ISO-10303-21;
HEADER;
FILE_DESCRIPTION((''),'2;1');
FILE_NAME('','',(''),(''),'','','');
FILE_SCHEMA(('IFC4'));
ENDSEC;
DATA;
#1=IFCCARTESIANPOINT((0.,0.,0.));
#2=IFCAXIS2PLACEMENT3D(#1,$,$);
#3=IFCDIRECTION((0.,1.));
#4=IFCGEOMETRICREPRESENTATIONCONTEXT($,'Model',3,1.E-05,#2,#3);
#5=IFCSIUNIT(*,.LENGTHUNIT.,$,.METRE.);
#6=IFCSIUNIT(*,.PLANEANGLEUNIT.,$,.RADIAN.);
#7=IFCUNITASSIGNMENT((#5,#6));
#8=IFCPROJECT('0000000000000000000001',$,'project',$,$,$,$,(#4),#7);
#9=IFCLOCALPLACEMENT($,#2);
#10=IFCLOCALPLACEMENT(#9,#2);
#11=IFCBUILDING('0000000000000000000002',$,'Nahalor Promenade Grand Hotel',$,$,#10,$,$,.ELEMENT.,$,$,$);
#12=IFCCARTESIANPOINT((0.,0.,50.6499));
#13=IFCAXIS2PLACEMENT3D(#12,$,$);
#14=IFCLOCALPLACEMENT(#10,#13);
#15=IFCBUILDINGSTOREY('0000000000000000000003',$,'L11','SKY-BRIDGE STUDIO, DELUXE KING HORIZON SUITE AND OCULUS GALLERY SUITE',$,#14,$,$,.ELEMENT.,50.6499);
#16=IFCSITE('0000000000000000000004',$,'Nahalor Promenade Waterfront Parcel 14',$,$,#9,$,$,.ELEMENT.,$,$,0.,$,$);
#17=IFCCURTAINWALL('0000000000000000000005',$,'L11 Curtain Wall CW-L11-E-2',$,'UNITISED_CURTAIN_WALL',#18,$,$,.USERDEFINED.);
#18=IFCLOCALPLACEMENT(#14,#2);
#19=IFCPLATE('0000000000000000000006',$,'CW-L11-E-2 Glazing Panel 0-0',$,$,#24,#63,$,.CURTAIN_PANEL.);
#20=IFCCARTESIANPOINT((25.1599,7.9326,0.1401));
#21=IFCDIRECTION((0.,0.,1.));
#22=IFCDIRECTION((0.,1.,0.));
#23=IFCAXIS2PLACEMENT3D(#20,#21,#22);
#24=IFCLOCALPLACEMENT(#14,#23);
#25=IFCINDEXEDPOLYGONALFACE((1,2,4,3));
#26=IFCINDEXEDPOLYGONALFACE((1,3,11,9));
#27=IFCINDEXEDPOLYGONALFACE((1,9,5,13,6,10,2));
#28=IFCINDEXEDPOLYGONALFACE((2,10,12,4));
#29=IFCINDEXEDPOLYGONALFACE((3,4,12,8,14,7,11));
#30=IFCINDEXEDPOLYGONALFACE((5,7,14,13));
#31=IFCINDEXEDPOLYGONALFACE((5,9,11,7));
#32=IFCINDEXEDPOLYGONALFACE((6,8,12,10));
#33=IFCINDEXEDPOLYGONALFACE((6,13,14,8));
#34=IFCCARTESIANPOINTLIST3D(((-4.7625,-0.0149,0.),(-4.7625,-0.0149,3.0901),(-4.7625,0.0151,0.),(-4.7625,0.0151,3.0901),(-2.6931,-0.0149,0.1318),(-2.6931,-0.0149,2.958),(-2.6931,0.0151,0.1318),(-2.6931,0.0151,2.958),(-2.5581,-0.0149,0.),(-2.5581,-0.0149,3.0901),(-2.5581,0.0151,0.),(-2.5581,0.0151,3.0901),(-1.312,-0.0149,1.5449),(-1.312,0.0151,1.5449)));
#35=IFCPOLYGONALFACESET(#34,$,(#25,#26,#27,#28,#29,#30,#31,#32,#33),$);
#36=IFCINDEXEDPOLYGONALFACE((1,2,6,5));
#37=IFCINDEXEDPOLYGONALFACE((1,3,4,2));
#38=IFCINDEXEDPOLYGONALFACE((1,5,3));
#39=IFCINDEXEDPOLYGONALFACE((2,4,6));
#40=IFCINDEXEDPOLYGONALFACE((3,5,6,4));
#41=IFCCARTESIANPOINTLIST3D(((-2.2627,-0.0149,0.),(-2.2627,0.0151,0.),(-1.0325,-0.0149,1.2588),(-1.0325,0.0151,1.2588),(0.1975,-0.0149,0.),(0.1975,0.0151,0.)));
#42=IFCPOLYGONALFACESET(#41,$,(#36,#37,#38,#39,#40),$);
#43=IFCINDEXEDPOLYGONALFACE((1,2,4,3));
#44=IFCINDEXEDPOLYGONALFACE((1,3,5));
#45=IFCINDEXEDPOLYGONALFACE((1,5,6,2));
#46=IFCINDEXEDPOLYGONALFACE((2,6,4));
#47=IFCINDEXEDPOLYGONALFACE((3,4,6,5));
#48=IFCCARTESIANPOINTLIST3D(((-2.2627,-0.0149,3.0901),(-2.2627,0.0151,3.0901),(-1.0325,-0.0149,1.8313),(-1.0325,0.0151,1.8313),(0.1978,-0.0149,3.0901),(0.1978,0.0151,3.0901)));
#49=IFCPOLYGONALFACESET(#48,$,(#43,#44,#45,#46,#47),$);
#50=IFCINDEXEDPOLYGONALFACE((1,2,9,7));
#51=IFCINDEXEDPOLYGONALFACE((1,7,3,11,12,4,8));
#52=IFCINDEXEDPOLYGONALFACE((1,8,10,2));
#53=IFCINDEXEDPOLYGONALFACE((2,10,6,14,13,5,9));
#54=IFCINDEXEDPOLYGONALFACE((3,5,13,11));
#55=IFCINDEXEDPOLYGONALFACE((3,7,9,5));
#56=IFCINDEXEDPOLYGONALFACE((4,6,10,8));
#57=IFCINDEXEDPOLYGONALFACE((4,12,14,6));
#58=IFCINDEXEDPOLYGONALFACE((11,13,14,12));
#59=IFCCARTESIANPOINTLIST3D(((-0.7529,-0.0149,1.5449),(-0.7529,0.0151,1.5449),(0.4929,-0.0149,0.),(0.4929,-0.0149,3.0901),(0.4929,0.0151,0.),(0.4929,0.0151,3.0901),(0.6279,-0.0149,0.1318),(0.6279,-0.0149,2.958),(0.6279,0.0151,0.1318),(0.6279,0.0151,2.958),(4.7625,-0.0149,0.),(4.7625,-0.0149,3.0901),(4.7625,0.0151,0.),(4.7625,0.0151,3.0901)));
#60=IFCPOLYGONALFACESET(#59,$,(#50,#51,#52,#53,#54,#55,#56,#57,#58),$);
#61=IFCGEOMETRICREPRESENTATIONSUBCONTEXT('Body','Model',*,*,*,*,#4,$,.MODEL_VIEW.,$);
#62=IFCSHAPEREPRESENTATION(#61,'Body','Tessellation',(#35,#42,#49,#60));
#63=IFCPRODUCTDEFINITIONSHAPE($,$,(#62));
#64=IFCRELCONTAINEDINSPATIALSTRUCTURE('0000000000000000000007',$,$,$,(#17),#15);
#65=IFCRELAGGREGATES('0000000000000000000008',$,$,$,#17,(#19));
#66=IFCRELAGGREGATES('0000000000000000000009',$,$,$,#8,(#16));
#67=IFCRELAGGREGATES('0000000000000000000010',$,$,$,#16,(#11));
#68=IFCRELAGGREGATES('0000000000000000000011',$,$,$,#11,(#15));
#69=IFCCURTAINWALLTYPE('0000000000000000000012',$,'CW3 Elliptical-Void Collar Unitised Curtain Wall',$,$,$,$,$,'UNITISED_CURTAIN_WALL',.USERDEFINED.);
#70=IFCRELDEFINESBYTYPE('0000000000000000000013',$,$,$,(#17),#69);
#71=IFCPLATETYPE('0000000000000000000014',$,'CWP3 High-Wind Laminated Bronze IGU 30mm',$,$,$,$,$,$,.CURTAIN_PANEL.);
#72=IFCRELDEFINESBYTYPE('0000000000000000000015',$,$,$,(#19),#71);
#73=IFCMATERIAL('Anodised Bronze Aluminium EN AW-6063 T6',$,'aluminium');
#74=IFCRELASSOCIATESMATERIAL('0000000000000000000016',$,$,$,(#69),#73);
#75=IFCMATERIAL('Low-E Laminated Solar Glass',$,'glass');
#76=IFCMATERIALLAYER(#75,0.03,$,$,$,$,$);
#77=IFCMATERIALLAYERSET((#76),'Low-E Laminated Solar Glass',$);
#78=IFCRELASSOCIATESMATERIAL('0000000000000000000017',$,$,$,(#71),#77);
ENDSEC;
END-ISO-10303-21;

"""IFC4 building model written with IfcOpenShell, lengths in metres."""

from ifc_helpers import new_model, si_unit, direction, frame, origin, place, context, subcontext, project, spatial, polyline, outline, extrude, material, layer, layer_set, type_object, element, aggregate, save


model = new_model("IFC4")

# Units and contexts
model_context = context("Model", 3, precision=1e-05, world=origin(), true_north=direction((0.0, 1.0)))
body_context = subcontext(model_context, "Body", "Model", "MODEL_VIEW")
ifc_project = project(units=[si_unit("LENGTHUNIT", "METRE"), si_unit("PLANEANGLEUNIT", "RADIAN")], contexts=[model_context])

# Site, building, storey
site_placement = place(None, origin())
site = spatial("IfcSite", under=ifc_project, at=site_placement, Name="Nahalor Promenade Waterfront Parcel 14", CompositionType="ELEMENT", RefElevation=0.0)
building_placement = place(site_placement, origin())
building = spatial("IfcBuilding", under=site, at=building_placement, Name="Nahalor Promenade Grand Hotel", CompositionType="ELEMENT")
storey_placement = place(building_placement, frame((0.0, 0.0, 50.6499)))
storey = spatial("IfcBuildingStorey", under=building, at=storey_placement, Name="L11", Description="SKY-BRIDGE STUDIO, DELUXE KING HORIZON SUITE AND OCULUS GALLERY SUITE", CompositionType="ELEMENT", Elevation=50.6499)

# Curtain wall
ifc_material_1 = material(Name="Anodised Bronze Aluminium EN AW-6063 T6", Category="aluminium")
curtain_wall_type = type_object("IfcCurtainWallType", Name="CW3 Elliptical-Void Collar Unitised Curtain Wall", ElementType="UNITISED_CURTAIN_WALL", PredefinedType="USERDEFINED", material=ifc_material_1)
curtain_wall_1_placement = place(storey_placement, origin())
curtain_wall_1 = element("IfcCurtainWall", 1, at=curtain_wall_1_placement, inside=storey, type_object=curtain_wall_type, Name="L11 Curtain Wall CW-L11-E-2", ObjectType="UNITISED_CURTAIN_WALL", PredefinedType="USERDEFINED")

# Plate
ifc_material_2 = material(Name="Low-E Laminated Solar Glass", Category="glass")
ifc_layer_1 = layer(ifc_material_2, 0.03)
ifc_layer_set_1 = layer_set([ifc_layer_1], Name="Low-E Laminated Solar Glass")
plate_type_1 = type_object("IfcPlateType", Name="CWP3 High-Wind Laminated Bronze IGU 30mm", PredefinedType="CURTAIN_PANEL", material=ifc_layer_set_1)
plate_1_placement = place(storey_placement, frame((25.1599, 7.9326, 0.1401), z_axis=(0.0, 0.0, 1.0), x_axis=(0.0, 1.0, 0.0)))
plate_1 = element("IfcPlate", 2, at=plate_1_placement, type_object=plate_type_1, Name="CW-L11-E-2 Glazing Panel 0-0", PredefinedType="CURTAIN_PANEL", context=body_context, shape_type="SweptSolid", body=[
    extrude(outline(polyline([(-4.7625, 3.0901), (-4.7625, 0.0), (-2.5581, 0.0), (-2.6931, 0.1318), (-1.312, 1.5449), (-2.6931, 2.958), (-2.5581, 3.0901), (-4.7625, 3.0901)])), frame((0.0, 0.0151, 0.0), z_axis=(0.0, -1.0, 0.0), x_axis=(1.0, 0.0, 0.0)), (0.0, 0.0, 1.0), 0.03),
    extrude(outline(polyline([(-1.0325, 1.2588), (-2.2627, 0.0), (0.1975, 0.0), (-1.0325, 1.2588)])), frame((0.0, 0.0151, 0.0), z_axis=(0.0, -1.0, 0.0), x_axis=(1.0, 0.0, 0.0)), (0.0, 0.0, 1.0), 0.03),
    extrude(outline(polyline([(-1.0325, 1.8313), (0.1978, 3.0901), (-2.2627, 3.0901), (-1.0325, 1.8313)])), frame((0.0, 0.0151, 0.0), z_axis=(0.0, -1.0, 0.0), x_axis=(1.0, 0.0, 0.0)), (0.0, 0.0, 1.0), 0.03),
    extrude(outline(polyline([(4.7625, 0.0), (4.7625, 3.0901), (0.4929, 3.0901), (0.6279, 2.958), (-0.7529, 1.5449), (0.6279, 0.1318), (0.4929, 0.0), (4.7625, 0.0)])), frame((0.0, 0.0151, 0.0), z_axis=(0.0, -1.0, 0.0), x_axis=(1.0, 0.0, 0.0)), (0.0, 0.0, 1.0), 0.03),
])
aggregate(curtain_wall_1, [plate_1])

save(model, "model.ifc")
